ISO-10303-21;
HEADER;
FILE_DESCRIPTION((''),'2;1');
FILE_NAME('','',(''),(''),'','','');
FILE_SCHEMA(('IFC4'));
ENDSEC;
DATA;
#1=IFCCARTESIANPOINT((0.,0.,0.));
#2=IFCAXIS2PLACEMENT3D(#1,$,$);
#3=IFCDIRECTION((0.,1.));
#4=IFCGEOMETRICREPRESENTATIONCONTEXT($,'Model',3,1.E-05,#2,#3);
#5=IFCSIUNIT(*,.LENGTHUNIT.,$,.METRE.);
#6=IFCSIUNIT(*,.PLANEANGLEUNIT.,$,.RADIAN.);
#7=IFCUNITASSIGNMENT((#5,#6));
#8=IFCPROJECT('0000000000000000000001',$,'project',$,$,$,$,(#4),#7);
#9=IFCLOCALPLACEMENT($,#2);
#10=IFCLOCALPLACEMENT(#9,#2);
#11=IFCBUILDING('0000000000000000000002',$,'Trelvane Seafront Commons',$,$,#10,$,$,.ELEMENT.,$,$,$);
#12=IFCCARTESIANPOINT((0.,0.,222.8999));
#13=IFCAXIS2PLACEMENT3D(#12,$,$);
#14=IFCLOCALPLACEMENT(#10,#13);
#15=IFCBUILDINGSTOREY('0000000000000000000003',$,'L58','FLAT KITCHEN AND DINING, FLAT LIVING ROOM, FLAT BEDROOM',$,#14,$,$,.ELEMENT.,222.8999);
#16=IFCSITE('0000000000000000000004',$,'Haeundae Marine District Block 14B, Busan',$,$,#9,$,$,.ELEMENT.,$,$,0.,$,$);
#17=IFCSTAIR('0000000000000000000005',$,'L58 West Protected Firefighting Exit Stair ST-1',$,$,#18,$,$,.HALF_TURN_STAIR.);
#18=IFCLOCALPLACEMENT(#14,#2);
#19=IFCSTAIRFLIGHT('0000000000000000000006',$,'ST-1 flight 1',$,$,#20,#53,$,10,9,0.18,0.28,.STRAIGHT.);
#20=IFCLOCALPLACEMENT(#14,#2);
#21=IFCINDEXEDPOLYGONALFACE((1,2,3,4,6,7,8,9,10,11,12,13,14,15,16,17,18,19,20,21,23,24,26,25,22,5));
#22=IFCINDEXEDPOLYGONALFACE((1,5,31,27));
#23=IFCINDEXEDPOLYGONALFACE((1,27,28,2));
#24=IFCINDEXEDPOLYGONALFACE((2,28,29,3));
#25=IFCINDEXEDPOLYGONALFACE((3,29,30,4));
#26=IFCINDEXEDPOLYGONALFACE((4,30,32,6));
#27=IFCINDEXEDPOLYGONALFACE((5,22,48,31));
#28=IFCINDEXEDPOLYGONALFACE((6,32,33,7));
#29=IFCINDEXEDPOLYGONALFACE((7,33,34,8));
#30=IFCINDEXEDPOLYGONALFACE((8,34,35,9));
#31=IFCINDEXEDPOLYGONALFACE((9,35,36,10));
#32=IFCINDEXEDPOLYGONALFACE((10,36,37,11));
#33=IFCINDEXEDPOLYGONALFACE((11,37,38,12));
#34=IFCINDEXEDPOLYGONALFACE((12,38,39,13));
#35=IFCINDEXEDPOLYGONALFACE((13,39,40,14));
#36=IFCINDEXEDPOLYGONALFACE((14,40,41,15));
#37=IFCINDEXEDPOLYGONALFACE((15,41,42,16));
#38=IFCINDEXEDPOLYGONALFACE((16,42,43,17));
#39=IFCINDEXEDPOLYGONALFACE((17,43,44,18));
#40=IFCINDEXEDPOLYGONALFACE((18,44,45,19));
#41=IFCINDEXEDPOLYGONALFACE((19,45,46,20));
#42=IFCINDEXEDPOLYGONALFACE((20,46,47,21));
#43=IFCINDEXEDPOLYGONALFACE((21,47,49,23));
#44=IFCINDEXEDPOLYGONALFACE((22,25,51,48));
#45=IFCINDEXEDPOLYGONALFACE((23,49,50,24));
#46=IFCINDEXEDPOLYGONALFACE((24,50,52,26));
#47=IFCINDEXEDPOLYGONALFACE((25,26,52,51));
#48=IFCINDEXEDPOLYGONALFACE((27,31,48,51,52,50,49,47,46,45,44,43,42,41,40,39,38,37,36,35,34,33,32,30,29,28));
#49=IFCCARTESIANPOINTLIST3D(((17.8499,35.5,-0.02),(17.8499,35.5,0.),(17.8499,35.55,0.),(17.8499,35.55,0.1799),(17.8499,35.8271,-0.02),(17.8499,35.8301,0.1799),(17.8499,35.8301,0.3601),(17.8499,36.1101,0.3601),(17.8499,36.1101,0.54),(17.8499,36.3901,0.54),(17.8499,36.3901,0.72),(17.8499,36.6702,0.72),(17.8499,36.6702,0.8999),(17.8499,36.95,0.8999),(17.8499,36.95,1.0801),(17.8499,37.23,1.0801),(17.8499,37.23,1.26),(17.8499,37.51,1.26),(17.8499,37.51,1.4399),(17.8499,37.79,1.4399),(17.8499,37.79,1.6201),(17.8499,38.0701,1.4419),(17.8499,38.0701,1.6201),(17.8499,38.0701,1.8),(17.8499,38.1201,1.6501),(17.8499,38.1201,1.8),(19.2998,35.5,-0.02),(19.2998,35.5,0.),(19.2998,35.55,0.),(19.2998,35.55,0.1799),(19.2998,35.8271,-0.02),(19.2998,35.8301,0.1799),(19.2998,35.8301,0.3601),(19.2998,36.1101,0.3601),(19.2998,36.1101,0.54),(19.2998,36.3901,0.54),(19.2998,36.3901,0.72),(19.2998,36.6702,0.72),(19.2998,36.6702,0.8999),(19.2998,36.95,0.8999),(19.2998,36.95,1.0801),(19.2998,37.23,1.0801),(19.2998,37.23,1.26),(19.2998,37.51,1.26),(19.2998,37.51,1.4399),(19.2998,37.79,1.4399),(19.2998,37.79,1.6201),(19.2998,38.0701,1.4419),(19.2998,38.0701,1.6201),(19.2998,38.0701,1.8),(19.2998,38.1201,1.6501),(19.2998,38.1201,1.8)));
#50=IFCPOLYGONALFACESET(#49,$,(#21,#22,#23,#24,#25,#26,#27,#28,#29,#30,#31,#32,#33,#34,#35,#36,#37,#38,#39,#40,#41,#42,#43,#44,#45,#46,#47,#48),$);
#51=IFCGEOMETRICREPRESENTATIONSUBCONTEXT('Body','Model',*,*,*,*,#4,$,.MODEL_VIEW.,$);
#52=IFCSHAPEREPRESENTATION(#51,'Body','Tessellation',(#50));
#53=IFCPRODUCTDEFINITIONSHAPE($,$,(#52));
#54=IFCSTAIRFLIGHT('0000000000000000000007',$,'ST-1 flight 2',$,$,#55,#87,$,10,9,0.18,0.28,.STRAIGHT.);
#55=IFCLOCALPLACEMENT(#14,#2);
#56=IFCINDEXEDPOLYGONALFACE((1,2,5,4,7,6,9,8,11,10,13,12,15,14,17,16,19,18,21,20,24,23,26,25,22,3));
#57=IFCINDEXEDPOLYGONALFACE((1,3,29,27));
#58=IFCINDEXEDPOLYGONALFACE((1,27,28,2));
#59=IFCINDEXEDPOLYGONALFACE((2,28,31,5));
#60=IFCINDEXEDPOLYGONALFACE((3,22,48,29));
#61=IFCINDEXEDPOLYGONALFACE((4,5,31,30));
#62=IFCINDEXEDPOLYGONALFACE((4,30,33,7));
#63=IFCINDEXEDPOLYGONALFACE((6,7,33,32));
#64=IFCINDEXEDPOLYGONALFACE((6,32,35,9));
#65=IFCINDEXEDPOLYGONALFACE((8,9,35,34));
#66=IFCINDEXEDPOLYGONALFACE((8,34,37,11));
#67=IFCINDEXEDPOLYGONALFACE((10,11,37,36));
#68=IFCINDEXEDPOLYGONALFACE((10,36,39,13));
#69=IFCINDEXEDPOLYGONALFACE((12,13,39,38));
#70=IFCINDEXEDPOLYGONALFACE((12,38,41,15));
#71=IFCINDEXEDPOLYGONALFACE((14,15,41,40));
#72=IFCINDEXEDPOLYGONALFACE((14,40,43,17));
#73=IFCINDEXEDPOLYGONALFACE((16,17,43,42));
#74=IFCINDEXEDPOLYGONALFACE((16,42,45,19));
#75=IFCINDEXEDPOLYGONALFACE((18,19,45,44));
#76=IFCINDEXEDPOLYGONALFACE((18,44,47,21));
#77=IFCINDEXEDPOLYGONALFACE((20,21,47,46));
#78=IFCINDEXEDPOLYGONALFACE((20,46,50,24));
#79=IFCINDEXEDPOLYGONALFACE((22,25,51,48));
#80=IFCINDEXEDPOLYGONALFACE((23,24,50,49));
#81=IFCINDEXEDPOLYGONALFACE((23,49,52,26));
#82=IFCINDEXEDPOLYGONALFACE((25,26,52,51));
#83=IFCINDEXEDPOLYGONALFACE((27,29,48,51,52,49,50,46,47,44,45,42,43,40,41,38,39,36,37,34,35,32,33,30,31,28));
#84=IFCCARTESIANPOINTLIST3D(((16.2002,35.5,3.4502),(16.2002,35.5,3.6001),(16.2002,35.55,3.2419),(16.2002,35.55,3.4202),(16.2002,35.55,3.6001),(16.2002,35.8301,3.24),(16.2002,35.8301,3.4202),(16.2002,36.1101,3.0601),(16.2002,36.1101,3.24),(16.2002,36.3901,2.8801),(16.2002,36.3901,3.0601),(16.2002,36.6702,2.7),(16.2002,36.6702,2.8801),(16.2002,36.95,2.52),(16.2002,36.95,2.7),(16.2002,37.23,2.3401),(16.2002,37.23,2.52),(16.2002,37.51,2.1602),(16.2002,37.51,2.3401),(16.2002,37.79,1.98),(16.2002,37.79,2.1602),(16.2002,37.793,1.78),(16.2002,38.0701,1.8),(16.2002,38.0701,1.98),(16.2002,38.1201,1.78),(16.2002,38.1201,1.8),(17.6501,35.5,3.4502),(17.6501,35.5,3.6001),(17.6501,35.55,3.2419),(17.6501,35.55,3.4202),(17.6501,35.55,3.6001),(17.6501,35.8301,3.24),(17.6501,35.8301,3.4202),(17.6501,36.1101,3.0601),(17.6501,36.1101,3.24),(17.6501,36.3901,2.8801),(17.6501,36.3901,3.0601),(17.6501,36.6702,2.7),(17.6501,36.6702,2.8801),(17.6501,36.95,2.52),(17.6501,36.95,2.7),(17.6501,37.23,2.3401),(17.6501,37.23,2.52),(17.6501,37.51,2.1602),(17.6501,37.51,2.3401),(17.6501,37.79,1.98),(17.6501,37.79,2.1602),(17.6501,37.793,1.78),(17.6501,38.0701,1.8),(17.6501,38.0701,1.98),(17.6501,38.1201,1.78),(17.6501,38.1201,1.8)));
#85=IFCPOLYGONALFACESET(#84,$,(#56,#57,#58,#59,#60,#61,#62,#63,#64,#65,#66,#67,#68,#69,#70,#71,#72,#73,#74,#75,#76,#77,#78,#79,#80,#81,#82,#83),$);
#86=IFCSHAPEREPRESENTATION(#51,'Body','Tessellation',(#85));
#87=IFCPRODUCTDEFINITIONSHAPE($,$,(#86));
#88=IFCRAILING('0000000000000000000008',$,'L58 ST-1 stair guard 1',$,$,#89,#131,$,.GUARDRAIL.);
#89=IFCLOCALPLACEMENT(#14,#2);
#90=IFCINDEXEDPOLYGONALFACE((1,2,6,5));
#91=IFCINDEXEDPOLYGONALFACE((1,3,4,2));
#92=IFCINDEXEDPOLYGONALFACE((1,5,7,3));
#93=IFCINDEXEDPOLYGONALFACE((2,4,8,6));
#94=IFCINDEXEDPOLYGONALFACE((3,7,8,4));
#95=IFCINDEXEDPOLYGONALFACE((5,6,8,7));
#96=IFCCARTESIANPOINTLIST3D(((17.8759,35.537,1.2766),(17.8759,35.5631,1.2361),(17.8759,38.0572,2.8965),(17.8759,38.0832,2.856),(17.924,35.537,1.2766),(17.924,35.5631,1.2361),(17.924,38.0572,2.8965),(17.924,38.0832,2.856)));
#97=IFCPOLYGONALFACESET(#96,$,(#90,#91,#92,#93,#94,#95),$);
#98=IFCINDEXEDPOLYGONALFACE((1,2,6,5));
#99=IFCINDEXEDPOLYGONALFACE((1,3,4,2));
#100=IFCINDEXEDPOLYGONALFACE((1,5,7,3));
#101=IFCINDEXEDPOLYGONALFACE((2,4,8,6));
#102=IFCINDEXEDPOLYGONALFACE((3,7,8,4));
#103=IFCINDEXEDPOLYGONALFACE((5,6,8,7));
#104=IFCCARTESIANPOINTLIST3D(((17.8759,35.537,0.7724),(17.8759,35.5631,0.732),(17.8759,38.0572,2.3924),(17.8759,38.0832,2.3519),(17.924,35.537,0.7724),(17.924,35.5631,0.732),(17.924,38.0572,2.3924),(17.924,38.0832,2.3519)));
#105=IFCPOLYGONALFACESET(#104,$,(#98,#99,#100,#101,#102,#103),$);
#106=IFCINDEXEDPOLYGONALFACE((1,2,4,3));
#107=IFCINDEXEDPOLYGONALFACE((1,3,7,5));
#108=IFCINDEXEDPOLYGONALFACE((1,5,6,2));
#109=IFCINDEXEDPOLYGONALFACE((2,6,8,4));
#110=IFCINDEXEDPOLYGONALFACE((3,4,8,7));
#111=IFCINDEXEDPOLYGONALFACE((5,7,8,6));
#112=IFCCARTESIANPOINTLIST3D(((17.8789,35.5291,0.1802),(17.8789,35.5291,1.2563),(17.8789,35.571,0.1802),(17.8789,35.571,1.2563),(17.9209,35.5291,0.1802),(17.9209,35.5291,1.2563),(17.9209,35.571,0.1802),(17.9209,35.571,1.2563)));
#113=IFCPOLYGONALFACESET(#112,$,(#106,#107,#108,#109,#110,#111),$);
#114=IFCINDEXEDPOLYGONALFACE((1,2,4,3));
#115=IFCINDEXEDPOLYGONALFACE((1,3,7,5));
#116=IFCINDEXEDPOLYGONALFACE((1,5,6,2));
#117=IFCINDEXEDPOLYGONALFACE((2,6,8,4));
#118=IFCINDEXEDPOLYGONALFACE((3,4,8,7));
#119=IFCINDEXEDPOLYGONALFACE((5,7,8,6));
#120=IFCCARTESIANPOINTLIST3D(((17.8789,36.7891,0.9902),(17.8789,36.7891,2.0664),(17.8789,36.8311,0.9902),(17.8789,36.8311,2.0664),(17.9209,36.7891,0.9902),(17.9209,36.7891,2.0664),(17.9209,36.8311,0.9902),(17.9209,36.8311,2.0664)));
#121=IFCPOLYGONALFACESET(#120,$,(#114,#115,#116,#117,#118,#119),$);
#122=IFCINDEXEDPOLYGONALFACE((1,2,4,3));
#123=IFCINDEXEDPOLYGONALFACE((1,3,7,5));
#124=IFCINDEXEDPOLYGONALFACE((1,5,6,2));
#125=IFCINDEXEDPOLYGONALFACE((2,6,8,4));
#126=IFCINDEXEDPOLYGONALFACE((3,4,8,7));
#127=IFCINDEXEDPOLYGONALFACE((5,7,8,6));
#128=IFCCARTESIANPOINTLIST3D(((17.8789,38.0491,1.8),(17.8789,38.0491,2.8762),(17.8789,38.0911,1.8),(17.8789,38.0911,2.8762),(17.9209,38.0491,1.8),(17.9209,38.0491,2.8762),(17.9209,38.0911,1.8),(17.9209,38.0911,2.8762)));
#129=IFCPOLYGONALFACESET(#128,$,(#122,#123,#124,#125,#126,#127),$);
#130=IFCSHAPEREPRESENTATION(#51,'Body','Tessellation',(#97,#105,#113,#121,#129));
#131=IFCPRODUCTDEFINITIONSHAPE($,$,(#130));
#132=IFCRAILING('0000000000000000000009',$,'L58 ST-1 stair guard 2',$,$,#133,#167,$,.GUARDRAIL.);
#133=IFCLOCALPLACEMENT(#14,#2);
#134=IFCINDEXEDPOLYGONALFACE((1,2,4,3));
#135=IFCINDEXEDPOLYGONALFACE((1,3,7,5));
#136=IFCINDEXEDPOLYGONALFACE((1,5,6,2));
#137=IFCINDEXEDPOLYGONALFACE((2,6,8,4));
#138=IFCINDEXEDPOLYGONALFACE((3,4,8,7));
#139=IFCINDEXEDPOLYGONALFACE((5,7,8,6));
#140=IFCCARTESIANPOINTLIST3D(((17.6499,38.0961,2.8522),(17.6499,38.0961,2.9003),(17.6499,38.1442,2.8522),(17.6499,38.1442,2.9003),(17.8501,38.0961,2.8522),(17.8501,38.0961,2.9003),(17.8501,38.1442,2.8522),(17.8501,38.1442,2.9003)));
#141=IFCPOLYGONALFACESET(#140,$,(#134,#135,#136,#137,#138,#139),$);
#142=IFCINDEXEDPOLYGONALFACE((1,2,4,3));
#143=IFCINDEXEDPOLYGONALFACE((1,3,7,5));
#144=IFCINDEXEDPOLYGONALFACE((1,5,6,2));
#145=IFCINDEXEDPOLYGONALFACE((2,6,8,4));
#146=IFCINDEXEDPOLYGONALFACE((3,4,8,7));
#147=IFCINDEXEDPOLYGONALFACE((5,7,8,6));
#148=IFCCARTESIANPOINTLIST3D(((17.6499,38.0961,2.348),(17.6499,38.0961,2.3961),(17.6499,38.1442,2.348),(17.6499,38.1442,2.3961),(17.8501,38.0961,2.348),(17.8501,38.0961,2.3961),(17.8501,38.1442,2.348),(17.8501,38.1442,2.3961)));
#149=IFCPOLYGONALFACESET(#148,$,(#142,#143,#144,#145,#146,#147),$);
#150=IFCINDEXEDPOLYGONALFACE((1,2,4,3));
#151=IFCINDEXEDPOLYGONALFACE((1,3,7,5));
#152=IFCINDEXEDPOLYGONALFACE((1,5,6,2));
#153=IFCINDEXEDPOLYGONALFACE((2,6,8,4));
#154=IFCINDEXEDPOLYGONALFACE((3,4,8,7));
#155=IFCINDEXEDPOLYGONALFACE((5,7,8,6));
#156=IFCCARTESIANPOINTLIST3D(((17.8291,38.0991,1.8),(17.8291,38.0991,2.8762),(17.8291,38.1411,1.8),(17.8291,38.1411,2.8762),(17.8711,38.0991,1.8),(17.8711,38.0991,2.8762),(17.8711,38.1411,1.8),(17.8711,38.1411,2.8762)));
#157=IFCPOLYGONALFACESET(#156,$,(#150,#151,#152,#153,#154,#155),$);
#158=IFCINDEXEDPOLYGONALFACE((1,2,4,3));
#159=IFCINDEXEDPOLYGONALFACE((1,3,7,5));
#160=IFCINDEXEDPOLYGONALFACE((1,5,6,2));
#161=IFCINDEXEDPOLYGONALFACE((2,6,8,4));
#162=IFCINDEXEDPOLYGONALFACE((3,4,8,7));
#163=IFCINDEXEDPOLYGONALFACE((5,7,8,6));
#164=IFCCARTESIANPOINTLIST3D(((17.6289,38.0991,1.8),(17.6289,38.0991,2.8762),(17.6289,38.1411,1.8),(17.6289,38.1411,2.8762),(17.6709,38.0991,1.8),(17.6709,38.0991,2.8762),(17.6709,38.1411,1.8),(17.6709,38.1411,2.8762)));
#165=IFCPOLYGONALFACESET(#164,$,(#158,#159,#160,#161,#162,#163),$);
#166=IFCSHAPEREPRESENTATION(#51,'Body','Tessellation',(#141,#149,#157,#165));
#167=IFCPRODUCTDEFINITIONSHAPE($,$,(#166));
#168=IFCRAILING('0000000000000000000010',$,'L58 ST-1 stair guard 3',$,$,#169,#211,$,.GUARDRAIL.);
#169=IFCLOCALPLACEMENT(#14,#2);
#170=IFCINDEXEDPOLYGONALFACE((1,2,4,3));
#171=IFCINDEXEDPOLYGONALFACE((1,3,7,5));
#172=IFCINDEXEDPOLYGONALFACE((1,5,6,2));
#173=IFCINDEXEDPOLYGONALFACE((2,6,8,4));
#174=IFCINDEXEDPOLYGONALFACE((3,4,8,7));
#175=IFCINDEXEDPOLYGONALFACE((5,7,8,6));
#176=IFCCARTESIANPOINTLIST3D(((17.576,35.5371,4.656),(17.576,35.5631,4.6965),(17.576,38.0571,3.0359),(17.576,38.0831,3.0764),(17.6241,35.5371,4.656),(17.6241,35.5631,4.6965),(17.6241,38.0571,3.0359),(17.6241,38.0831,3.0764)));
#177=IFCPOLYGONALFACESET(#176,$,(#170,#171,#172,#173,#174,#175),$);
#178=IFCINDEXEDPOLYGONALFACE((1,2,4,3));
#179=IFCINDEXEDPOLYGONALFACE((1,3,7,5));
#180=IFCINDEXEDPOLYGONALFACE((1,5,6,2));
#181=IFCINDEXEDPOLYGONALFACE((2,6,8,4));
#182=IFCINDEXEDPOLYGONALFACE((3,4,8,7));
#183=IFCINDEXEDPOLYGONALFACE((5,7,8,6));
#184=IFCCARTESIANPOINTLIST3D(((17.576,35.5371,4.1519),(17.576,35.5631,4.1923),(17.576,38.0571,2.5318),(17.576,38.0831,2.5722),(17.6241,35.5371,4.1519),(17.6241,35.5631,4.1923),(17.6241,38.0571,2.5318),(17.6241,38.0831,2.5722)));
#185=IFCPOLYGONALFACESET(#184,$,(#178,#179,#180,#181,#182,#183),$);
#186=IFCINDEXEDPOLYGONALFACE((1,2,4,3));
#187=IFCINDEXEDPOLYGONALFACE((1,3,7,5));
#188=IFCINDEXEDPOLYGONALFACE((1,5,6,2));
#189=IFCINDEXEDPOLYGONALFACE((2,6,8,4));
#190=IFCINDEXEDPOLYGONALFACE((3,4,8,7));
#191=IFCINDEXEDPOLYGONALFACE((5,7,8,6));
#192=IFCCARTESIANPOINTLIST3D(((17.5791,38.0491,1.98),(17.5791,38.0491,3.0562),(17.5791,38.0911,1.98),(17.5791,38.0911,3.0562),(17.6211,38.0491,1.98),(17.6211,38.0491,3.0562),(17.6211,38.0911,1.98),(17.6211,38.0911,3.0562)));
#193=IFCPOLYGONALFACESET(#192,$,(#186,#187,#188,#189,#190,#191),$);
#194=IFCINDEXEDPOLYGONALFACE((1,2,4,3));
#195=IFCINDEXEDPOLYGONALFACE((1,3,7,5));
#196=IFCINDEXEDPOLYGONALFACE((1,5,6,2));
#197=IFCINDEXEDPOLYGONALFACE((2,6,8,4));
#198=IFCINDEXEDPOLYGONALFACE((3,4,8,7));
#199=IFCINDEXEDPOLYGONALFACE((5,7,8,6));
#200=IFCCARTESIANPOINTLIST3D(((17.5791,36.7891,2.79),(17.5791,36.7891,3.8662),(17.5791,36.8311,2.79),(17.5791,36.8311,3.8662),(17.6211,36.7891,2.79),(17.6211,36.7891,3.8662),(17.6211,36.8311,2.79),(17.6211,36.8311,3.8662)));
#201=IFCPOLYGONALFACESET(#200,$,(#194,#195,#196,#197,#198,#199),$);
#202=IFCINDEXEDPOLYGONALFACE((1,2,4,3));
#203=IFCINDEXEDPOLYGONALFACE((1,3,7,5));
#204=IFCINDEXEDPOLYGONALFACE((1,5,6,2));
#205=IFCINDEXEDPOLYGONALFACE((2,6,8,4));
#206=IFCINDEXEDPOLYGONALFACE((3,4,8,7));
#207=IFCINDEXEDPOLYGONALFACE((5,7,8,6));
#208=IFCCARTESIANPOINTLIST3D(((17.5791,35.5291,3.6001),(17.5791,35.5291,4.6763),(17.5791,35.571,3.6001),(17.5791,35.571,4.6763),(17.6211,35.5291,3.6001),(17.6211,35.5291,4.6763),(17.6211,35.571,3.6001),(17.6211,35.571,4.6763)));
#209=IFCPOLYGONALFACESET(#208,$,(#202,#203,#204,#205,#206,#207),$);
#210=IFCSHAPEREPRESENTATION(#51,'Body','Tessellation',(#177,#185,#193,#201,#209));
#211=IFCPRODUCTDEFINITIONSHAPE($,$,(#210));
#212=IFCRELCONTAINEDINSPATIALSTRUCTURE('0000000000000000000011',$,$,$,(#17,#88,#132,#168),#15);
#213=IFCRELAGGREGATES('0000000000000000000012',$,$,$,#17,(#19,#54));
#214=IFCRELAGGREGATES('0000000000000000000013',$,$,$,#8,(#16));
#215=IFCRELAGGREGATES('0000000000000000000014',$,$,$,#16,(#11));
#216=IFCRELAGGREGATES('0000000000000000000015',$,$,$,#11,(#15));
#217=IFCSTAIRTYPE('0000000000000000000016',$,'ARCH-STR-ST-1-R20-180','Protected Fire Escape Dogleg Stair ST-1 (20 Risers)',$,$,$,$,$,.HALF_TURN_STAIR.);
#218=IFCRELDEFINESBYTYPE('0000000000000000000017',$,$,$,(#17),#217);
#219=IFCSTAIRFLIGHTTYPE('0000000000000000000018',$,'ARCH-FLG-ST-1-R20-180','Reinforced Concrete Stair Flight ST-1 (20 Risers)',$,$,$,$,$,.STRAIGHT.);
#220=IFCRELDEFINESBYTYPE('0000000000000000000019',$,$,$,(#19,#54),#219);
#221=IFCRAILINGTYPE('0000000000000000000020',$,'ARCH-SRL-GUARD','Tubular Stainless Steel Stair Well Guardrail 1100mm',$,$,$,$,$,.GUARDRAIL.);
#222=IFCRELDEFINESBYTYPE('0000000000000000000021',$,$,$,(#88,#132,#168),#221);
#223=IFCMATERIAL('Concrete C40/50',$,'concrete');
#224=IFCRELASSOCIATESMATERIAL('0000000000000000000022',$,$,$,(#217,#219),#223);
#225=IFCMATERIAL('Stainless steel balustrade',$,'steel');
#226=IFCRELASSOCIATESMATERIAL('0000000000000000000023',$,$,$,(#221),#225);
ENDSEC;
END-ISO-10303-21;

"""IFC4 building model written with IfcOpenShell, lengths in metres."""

from ifc_helpers import new_model, si_unit, direction, frame, origin, origin_2d, place, context, subcontext, project, spatial, polyline, rectangle, outline, extrude, source, transform, mapped, material, type_object, element, aggregate, save


model = new_model("IFC4")

# Units and contexts
model_context = context("Model", 3, precision=1e-05, world=origin(), true_north=direction((0.0, 1.0)))
body_context = subcontext(model_context, "Body", "Model", "MODEL_VIEW")
ifc_project = project(units=[si_unit("LENGTHUNIT", "METRE"), si_unit("PLANEANGLEUNIT", "RADIAN")], contexts=[model_context])

# Site, building, storey
site_placement = place(None, origin())
site = spatial("IfcSite", under=ifc_project, at=site_placement, Name="Haeundae Marine District Block 14B, Busan", CompositionType="ELEMENT", RefElevation=0.0)
building_placement = place(site_placement, origin())
building = spatial("IfcBuilding", under=site, at=building_placement, Name="Trelvane Seafront Commons", CompositionType="ELEMENT")
storey_placement = place(building_placement, frame((0.0, 0.0, 222.8999)))
storey = spatial("IfcBuildingStorey", under=building, at=storey_placement, Name="L58", Description="FLAT KITCHEN AND DINING, FLAT LIVING ROOM, FLAT BEDROOM", CompositionType="ELEMENT", Elevation=222.8999)

# Shared definitions
ifc_material_1 = material(Name="Concrete C40/50", Category="concrete")
ifc_material_2 = material(Name="Stainless steel balustrade", Category="steel")

# Stair, stair flights
stair_type = type_object("IfcStairType", Name="ARCH-STR-ST-1-R20-180", Description="Protected Fire Escape Dogleg Stair ST-1 (20 Risers)", PredefinedType="HALF_TURN_STAIR", material=ifc_material_1)
stair_placement = place(storey_placement, origin())
stair = element("IfcStair", 1, at=stair_placement, inside=storey, type_object=stair_type, Name="L58 West Protected Firefighting Exit Stair ST-1", PredefinedType="HALF_TURN_STAIR")
stair_flight_type = type_object("IfcStairFlightType", Name="ARCH-FLG-ST-1-R20-180", Description="Reinforced Concrete Stair Flight ST-1 (20 Risers)", PredefinedType="STRAIGHT", material=ifc_material_1)
shared_shape_1 = source(origin(), body_context, "Body", "SweptSolid", [
    extrude(outline(polyline([(-0.05, -0.02), (-0.05, 0.0), (0.0, 0.0), (0.0, 0.1799), (0.28, 0.1799), (0.28, 0.3601), (0.5601, 0.3601), (0.5601, 0.54), (0.8401, 0.54), (0.8401, 0.72), (1.1201, 0.72), (1.1201, 0.8999), (1.3999, 0.8999), (1.3999, 1.0801), (1.6799, 1.0801), (1.6799, 1.26), (1.96, 1.26), (1.96, 1.4399), (2.24, 1.4399), (2.24, 1.6201), (2.52, 1.6201), (2.52, 1.8), (2.5701, 1.8), (2.5701, 1.6501), (2.52, 1.4419), (0.2771, -0.02), (-0.05, -0.02)])), frame((0.0, 0.7251, 0.0), z_axis=(0.0, -1.0, 0.0), x_axis=(1.0, 0.0, 0.0)), (0.0, 0.0, 1.0), 1.45),
])
stair_flight_1_placement = place(storey_placement, frame((18.575, 35.55, 0.0), z_axis=(0.0, 0.0, 1.0), x_axis=(0.0, 1.0, 0.0)))
stair_flight_1 = element("IfcStairFlight", 2, at=stair_flight_1_placement, type_object=stair_flight_type, Name="ST-1 flight 1", NumberOfRisers=10, NumberOfTreads=9, PredefinedType="STRAIGHT", RiserHeight=0.18, TreadLength=0.28, context=body_context, shape_type="MappedRepresentation", body=[
    mapped(shared_shape_1, transform((0.0, 0.0, 0.0), x_axis=(1.0, 0.0, 0.0), y_axis=(0.0, 1.0, 0.0), z_axis=(0.0, 0.0, 1.0), scale=1.0)),
])
stair_flight_2_placement = place(storey_placement, frame((16.925, 38.0701, 1.8), z_axis=(0.0, 0.0, 1.0), x_axis=(0.0, -1.0, 0.0)))
stair_flight_2 = element("IfcStairFlight", 3, at=stair_flight_2_placement, type_object=stair_flight_type, Name="ST-1 flight 2", NumberOfRisers=10, NumberOfTreads=9, PredefinedType="STRAIGHT", RiserHeight=0.18, TreadLength=0.28, context=body_context, shape_type="MappedRepresentation", body=[
    mapped(shared_shape_1, transform((0.0, 0.0, 0.0), x_axis=(1.0, 0.0, 0.0), y_axis=(0.0, 1.0, 0.0), z_axis=(0.0, 0.0, 1.0), scale=1.0)),
])
aggregate(stair, [stair_flight_1, stair_flight_2])

# Railings
railing_type_1 = type_object("IfcRailingType", Name="ARCH-SRL-GUARD", Description="Tubular Stainless Steel Stair Well Guardrail 1100mm", PredefinedType="GUARDRAIL", material=ifc_material_2)
railing_1_placement = place(storey_placement, frame((17.8999, 35.55, 0.1802)))
element("IfcRailing", 4, at=railing_1_placement, inside=storey, type_object=railing_type_1, Name="L58 ST-1 stair guard 1", PredefinedType="GUARDRAIL", context=body_context, shape_type="SweptSolid", body=[
    extrude(rectangle(XDim=0.0481, YDim=0.0481, at=origin_2d()), frame((0.0, 0.0, 1.0762), z_axis=(0.0, 0.8412, 0.540725), x_axis=(-1.0, 0.0, 0.0)), (0.0, 0.0, 1.0), 2.9958),
    extrude(rectangle(XDim=0.0481, YDim=0.0481, at=origin_2d()), frame((0.0, 0.0, 0.572), z_axis=(0.0, 0.8412, 0.540725), x_axis=(-1.0, 0.0, 0.0)), (0.0, 0.0, 1.0), 2.9958),
    extrude(rectangle(XDim=0.042, YDim=0.042, at=origin_2d()), origin(), (0.0, 0.0, 1.0), 1.0762),
    extrude(rectangle(XDim=0.042, YDim=0.042, at=origin_2d()), frame((0.0, 1.26, 0.8101)), (0.0, 0.0, 1.0), 1.0762),
    extrude(rectangle(XDim=0.042, YDim=0.042, at=origin_2d()), frame((0.0, 2.52, 1.6199)), (0.0, 0.0, 1.0), 1.0762),
])
railing_2_placement = place(storey_placement, frame((17.8501, 38.1201, 1.8)))
element("IfcRailing", 5, at=railing_2_placement, inside=storey, type_object=railing_type_1, Name="L58 ST-1 stair guard 2", PredefinedType="GUARDRAIL", context=body_context, shape_type="SweptSolid", body=[
    extrude(rectangle(XDim=0.0481, YDim=0.0481, at=origin_2d()), frame((0.0, 0.0, 1.0762), z_axis=(-1.0, 0.0, 0.0), x_axis=(0.0, -1.0, 0.0)), (0.0, 0.0, 1.0), 0.2002),
    extrude(rectangle(XDim=0.0481, YDim=0.0481, at=origin_2d()), frame((0.0, 0.0, 0.572), z_axis=(-1.0, 0.0, 0.0), x_axis=(0.0, -1.0, 0.0)), (0.0, 0.0, 1.0), 0.2002),
    extrude(rectangle(XDim=0.042, YDim=0.042, at=origin_2d()), origin(), (0.0, 0.0, 1.0), 1.0762),
    extrude(rectangle(XDim=0.042, YDim=0.042, at=origin_2d()), frame((-0.2002, 0.0, 0.0)), (0.0, 0.0, 1.0), 1.0762),
])
railing_3_placement = place(storey_placement, frame((17.6001, 38.0701, 1.98)))
element("IfcRailing", 6, at=railing_3_placement, inside=storey, type_object=railing_type_1, Name="L58 ST-1 stair guard 3", PredefinedType="GUARDRAIL", context=body_context, shape_type="SweptSolid", body=[
    extrude(rectangle(XDim=0.0481, YDim=0.0481, at=origin_2d()), frame((0.0, 0.0, 1.0762), z_axis=(0.0, -0.841163, 0.540782), x_axis=(1.0, 0.0, 0.0)), (0.0, 0.0, 1.0), 2.9958),
    extrude(rectangle(XDim=0.0481, YDim=0.0481, at=origin_2d()), frame((0.0, 0.0, 0.572), z_axis=(0.0, -0.841163, 0.540782), x_axis=(1.0, 0.0, 0.0)), (0.0, 0.0, 1.0), 2.9958),
    extrude(rectangle(XDim=0.042, YDim=0.042, at=origin_2d()), origin(), (0.0, 0.0, 1.0), 1.0762),
    extrude(rectangle(XDim=0.042, YDim=0.042, at=origin_2d()), frame((0.0, -1.26, 0.8101)), (0.0, 0.0, 1.0), 1.0762),
    extrude(rectangle(XDim=0.042, YDim=0.042, at=origin_2d()), frame((0.0, -2.52, 1.6201)), (0.0, 0.0, 1.0), 1.0762),
])

save(model, "model.ifc")
